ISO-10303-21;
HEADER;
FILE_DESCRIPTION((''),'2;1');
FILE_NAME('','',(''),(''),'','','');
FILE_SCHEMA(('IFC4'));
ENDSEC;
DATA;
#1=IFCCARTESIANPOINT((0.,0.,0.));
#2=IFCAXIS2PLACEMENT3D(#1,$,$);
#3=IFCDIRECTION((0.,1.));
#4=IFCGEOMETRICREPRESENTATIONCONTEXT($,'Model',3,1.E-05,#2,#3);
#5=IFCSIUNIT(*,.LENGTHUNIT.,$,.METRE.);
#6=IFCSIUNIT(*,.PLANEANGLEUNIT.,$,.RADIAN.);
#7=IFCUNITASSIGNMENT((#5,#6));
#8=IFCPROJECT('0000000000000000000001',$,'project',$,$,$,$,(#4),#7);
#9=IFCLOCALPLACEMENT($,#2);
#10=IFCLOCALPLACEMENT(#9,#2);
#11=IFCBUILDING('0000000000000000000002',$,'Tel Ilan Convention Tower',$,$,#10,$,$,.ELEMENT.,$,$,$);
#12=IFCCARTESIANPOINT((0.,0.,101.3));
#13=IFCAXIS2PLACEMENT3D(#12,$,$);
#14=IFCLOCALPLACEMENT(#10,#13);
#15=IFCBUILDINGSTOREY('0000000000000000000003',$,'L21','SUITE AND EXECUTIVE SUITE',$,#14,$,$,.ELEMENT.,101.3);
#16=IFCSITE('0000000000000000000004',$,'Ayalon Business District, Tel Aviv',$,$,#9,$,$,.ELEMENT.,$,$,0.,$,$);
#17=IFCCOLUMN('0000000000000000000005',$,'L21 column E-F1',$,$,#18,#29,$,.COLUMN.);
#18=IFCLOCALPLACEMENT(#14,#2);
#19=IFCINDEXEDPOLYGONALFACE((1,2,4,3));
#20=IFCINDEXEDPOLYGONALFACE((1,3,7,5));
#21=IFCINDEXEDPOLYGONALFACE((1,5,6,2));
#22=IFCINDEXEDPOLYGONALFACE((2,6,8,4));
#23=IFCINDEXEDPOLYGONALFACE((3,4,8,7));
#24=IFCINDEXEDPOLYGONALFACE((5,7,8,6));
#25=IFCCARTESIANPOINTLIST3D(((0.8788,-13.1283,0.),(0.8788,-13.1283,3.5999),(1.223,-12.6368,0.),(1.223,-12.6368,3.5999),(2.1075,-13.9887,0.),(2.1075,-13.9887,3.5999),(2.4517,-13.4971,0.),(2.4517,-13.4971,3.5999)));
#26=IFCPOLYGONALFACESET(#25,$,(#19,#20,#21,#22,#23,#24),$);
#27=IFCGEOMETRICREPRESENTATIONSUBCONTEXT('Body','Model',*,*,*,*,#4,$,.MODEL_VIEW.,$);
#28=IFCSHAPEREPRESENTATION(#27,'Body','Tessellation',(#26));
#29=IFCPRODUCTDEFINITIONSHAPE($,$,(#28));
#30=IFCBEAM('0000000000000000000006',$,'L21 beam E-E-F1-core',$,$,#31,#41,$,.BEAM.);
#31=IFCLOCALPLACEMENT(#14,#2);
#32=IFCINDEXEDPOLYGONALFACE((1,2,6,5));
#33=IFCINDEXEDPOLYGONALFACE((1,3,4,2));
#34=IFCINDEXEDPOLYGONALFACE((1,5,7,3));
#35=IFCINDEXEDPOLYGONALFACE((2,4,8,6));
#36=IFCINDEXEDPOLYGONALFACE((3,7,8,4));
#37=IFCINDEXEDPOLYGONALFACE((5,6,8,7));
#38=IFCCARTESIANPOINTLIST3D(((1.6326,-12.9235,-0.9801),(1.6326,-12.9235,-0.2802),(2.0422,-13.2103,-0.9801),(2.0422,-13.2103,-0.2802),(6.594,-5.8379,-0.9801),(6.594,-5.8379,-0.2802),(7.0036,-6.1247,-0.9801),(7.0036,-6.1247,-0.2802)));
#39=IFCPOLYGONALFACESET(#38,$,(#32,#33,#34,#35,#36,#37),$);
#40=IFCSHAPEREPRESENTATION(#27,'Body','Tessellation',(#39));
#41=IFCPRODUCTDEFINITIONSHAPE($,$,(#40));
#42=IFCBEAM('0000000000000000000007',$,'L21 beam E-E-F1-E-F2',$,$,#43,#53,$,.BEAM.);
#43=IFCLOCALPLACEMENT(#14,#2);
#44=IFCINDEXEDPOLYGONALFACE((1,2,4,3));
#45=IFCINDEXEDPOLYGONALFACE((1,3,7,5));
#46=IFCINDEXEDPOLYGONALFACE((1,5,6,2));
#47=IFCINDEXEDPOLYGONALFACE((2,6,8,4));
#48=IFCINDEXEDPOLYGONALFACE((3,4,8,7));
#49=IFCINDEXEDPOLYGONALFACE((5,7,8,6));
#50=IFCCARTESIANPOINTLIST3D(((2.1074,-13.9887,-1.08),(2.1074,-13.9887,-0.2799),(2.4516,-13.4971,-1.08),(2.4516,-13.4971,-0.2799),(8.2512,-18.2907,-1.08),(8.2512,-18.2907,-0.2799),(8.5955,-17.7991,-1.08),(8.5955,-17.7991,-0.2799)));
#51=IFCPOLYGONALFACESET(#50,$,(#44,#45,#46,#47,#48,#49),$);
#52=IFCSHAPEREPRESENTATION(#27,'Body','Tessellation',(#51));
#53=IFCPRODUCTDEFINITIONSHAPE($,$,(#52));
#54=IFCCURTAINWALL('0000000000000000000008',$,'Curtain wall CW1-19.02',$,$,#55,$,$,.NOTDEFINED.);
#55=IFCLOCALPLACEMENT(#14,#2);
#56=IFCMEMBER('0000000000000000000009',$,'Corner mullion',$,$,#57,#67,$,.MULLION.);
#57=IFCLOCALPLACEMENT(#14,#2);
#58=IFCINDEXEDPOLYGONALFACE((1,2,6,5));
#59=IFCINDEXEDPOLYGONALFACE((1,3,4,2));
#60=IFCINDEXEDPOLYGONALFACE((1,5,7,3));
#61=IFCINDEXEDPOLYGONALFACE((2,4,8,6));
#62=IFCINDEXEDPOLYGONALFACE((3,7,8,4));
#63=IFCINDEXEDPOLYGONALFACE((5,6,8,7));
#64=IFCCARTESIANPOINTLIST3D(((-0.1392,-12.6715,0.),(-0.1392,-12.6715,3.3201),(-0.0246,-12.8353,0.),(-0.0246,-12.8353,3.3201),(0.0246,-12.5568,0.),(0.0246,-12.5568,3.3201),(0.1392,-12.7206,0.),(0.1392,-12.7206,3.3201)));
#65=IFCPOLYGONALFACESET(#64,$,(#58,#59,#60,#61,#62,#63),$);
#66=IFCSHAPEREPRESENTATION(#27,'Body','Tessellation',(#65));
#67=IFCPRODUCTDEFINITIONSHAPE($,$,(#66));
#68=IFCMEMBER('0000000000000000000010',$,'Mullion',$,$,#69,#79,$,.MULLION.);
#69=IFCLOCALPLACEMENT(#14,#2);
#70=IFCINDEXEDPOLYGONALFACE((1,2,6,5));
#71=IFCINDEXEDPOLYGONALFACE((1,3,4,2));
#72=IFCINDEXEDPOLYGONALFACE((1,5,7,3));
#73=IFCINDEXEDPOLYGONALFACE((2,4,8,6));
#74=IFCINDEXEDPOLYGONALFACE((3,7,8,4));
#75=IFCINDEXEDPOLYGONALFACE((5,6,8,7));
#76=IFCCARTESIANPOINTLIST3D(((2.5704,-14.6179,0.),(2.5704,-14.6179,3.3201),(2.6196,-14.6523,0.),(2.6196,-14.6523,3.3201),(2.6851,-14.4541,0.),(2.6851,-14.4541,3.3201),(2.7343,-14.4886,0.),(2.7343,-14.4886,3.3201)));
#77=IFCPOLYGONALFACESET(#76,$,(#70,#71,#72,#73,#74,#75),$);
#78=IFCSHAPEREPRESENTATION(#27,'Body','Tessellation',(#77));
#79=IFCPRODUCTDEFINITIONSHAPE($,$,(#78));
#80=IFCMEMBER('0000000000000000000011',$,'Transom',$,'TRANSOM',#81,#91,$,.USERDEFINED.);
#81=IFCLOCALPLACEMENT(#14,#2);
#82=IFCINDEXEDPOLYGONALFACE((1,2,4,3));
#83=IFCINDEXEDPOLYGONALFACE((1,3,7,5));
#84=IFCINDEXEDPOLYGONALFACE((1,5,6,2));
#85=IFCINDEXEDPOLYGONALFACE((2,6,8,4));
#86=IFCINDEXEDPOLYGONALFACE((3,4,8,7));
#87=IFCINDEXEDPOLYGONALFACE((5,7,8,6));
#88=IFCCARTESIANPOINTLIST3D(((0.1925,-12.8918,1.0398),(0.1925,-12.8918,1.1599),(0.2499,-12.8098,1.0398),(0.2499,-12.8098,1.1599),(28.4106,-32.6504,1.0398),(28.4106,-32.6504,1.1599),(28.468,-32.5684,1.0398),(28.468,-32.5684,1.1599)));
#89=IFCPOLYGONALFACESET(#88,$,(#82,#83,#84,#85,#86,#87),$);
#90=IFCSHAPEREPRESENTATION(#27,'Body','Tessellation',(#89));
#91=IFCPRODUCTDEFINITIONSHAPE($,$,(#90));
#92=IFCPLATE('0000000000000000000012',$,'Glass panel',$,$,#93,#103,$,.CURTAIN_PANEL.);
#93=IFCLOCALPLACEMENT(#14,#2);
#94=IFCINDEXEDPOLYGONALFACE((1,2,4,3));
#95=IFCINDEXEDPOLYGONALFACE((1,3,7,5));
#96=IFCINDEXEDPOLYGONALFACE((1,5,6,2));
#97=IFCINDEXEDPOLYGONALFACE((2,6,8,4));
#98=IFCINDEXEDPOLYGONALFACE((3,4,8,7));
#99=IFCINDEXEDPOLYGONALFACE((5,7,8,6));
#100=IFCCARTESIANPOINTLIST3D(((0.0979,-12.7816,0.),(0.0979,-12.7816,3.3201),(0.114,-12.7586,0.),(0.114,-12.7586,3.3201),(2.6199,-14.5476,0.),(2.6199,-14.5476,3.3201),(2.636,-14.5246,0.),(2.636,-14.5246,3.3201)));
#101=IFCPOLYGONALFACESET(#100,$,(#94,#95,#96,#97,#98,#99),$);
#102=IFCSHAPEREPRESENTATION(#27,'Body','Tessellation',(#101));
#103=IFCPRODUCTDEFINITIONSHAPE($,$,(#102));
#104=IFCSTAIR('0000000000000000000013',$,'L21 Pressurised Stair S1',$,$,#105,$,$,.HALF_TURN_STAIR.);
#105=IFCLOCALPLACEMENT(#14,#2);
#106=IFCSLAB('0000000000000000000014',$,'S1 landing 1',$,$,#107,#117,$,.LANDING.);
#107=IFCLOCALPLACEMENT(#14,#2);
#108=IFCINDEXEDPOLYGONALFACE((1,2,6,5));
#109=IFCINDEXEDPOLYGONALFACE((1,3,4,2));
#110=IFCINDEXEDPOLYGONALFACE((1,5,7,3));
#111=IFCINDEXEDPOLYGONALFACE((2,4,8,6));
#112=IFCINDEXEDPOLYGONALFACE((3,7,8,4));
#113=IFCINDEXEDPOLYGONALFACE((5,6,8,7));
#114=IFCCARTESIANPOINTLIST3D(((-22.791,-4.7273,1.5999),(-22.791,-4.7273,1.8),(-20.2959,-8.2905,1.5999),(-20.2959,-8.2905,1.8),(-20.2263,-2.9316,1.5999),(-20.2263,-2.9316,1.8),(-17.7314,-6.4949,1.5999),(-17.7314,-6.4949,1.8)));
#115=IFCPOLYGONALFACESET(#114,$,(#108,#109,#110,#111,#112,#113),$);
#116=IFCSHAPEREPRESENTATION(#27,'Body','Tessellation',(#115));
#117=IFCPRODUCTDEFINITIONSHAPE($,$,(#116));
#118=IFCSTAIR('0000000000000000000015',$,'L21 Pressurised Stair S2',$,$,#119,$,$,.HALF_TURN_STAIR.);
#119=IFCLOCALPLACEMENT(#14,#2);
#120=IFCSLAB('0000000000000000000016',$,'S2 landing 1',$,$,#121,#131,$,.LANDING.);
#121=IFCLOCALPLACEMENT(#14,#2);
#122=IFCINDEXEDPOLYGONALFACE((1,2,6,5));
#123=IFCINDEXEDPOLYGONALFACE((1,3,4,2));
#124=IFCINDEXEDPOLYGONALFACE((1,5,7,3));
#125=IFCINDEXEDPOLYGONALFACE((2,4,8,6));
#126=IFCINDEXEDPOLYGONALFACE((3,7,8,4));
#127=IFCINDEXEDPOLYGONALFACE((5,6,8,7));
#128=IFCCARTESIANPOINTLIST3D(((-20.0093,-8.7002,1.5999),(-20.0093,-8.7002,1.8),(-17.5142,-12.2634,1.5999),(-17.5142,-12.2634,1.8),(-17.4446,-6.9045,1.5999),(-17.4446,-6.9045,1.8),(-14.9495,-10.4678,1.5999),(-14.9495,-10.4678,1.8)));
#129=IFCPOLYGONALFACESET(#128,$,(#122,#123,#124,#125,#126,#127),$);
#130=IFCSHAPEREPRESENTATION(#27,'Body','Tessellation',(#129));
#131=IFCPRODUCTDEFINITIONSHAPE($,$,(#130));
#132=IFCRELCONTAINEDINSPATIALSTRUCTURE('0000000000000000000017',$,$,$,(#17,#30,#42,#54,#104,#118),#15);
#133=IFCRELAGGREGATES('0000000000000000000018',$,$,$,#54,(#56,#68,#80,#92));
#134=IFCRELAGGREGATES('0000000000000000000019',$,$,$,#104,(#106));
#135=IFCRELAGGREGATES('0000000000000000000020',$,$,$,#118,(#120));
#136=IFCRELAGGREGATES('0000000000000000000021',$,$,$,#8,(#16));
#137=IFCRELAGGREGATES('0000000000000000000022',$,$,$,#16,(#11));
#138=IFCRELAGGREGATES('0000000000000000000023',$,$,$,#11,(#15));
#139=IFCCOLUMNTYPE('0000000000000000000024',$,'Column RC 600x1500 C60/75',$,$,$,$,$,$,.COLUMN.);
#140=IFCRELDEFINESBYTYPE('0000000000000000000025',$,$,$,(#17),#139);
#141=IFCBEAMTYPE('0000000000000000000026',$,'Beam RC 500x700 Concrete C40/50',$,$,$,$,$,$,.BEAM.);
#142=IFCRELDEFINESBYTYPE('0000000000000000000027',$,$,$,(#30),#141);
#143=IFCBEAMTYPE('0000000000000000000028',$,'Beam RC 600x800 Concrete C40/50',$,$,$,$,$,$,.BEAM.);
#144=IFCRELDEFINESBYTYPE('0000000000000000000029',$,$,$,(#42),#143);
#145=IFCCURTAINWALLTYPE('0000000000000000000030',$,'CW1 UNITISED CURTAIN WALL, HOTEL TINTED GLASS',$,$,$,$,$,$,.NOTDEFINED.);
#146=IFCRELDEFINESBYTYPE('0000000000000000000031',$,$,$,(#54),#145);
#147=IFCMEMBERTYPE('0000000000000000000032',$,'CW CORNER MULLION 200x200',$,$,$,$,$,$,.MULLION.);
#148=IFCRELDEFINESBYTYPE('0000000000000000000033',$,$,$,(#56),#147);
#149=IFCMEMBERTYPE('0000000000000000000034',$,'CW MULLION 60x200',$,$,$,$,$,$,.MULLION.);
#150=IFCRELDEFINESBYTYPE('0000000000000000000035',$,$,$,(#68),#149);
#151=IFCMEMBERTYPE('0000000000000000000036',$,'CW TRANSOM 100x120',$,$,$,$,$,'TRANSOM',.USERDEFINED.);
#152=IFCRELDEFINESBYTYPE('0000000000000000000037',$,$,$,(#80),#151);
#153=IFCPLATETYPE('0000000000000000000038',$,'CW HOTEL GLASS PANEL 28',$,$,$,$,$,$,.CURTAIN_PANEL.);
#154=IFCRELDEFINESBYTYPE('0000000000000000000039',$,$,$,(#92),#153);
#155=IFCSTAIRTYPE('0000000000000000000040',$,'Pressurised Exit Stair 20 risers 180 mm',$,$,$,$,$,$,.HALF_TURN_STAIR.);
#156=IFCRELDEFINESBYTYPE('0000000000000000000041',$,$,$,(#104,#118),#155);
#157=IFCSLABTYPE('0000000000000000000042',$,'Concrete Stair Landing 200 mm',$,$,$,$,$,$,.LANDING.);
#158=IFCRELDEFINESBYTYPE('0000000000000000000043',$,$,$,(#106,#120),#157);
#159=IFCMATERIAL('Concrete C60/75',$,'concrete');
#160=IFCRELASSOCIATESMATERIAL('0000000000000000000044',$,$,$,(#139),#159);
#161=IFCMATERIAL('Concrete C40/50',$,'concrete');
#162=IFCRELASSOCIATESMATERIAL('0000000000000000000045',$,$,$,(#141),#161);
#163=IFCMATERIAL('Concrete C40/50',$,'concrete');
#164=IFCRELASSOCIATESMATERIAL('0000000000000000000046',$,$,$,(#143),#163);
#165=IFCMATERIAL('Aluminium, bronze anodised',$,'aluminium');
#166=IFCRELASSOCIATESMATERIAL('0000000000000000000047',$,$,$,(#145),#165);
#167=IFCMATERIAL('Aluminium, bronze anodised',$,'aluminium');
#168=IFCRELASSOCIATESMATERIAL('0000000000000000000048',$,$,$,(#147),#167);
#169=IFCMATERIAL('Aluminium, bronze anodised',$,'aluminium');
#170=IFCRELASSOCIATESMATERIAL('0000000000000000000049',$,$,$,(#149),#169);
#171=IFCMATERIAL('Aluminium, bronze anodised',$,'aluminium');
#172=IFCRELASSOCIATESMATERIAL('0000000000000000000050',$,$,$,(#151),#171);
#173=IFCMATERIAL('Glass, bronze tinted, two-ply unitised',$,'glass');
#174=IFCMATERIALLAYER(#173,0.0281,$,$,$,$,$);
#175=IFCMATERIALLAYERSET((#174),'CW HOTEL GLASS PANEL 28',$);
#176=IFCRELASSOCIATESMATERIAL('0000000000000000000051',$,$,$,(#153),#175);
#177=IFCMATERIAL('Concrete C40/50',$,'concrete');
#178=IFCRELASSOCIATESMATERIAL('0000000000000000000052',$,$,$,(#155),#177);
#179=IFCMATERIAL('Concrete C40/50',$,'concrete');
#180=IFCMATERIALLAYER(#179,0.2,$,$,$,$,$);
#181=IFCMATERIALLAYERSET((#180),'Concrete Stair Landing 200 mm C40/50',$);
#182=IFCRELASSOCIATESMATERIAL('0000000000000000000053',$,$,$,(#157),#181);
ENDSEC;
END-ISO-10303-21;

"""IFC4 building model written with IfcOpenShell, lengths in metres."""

from ifc_helpers import new_model, si_unit, direction, frame, origin, origin_2d, place, context, subcontext, project, spatial, polyline, rectangle, outline, extrude, material, layer, layer_set, material_profile, profile_set, type_object, element, aggregate, save


model = new_model("IFC4")

# Units and contexts
model_context = context("Model", 3, precision=1e-05, world=origin(), true_north=direction((0.0, 1.0)))
body_context = subcontext(model_context, "Body", "Model", "MODEL_VIEW")
ifc_project = project(units=[si_unit("LENGTHUNIT", "METRE"), si_unit("PLANEANGLEUNIT", "RADIAN")], contexts=[model_context])

# Site, building, storey
site_placement = place(None, origin())
site = spatial("IfcSite", under=ifc_project, at=site_placement, Name="Ayalon Business District, Tel Aviv", CompositionType="ELEMENT", RefElevation=0.0)
building_placement = place(site_placement, origin())
building = spatial("IfcBuilding", under=site, at=building_placement, Name="Tel Ilan Convention Tower", CompositionType="ELEMENT")
storey_placement = place(building_placement, frame((0.0, 0.0, 101.3)))
storey = spatial("IfcBuildingStorey", under=building, at=storey_placement, Name="L21", Description="SUITE AND EXECUTIVE SUITE", CompositionType="ELEMENT", Elevation=101.3)

# Column
ifc_material_1 = material(Name="Concrete C60/75", Category="concrete")
ifc_material_profile_1 = material_profile(ifc_material_1, rectangle(XDim=1.5, YDim=0.6001, at=origin_2d()), Name="RC 600x1500")
ifc_profile_set_1 = profile_set([ifc_material_profile_1], Name="Concrete C60/75")
column_type = type_object("IfcColumnType", Name="Column RC 600x1500 C60/75", PredefinedType="COLUMN", material=ifc_profile_set_1)
column_placement = place(storey_placement, frame((1.6653, -13.3127, 0.0), z_axis=(0.0, 0.0, 1.0), x_axis=(0.819152, -0.573576, 0.0)))
element("IfcColumn", 1, at=column_placement, inside=storey, type_object=column_type, Name="L21 column E-F1", PredefinedType="COLUMN", context=body_context, shape_type="SweptSolid", body=[
    extrude(rectangle(XDim=1.5, YDim=0.6001, at=origin_2d()), origin(), (0.0, 0.0, 1.0), 3.5999),
])

# Beams
ifc_material_2 = material(Name="Concrete C40/50", Category="concrete")
ifc_material_profile_2 = material_profile(ifc_material_2, rectangle(XDim=0.5, YDim=0.7, at=origin_2d()), Name="RC 500x700")
ifc_profile_set_2 = profile_set([ifc_material_profile_2], Name="Concrete C40/50")
beam_type_1 = type_object("IfcBeamType", Name="Beam RC 500x700 Concrete C40/50", PredefinedType="BEAM", material=ifc_profile_set_2)
beam_1_placement = place(storey_placement, frame((1.8374, -13.0669, -0.6301), z_axis=(0.573574, 0.819154, 0.0), x_axis=(-0.819154, 0.573574, 0.0)))
element("IfcBeam", 2, at=beam_1_placement, inside=storey, type_object=beam_type_1, Name="L21 beam E-E-F1-core", PredefinedType="BEAM", context=body_context, shape_type="SweptSolid", body=[
    extrude(rectangle(XDim=0.5, YDim=0.7, at=origin_2d()), origin(), (0.0, 0.0, 1.0), 8.6499),
])
ifc_material_3 = material(Name="Concrete C40/50", Category="concrete")
ifc_material_profile_3 = material_profile(ifc_material_3, rectangle(XDim=0.6001, YDim=0.8, at=origin_2d()), Name="RC 600x800")
ifc_profile_set_3 = profile_set([ifc_material_profile_3], Name="Concrete C40/50")
beam_type_2 = type_object("IfcBeamType", Name="Beam RC 600x800 Concrete C40/50", PredefinedType="BEAM", material=ifc_profile_set_3)
beam_2_placement = place(storey_placement, frame((2.2795, -13.7429, -0.6799), z_axis=(0.819148, -0.573582, 0.0), x_axis=(0.573582, 0.819148, 0.0)))
element("IfcBeam", 3, at=beam_2_placement, inside=storey, type_object=beam_type_2, Name="L21 beam E-E-F1-E-F2", PredefinedType="BEAM", context=body_context, shape_type="SweptSolid", body=[
    extrude(rectangle(XDim=0.6001, YDim=0.8, at=origin_2d()), origin(), (0.0, 0.0, 1.0), 7.5002),
])

# Curtain wall, members, plate
ifc_material_4 = material(Name="Aluminium, bronze anodised", Category="aluminium")
curtain_wall_type = type_object("IfcCurtainWallType", Name="CW1 UNITISED CURTAIN WALL, HOTEL TINTED GLASS", PredefinedType="NOTDEFINED", material=ifc_material_4)
curtain_wall_placement = place(storey_placement, origin())
curtain_wall = element("IfcCurtainWall", 4, at=curtain_wall_placement, inside=storey, type_object=curtain_wall_type, Name="Curtain wall CW1-19.02", PredefinedType="NOTDEFINED")
ifc_material_5 = material(Name="Aluminium, bronze anodised", Category="aluminium")
ifc_material_profile_4 = material_profile(ifc_material_5, rectangle(XDim=0.2, YDim=0.2, at=origin_2d()), Name="CW CORNER MULLION 200x200")
ifc_profile_set_4 = profile_set([ifc_material_profile_4], Name="Aluminium, bronze anodised")
member_type_1 = type_object("IfcMemberType", Name="CW CORNER MULLION 200x200", PredefinedType="MULLION", material=ifc_profile_set_4)
member_1_placement = place(storey_placement, frame((0.0, -12.696, 0.0), z_axis=(0.0, 0.0, 1.0), x_axis=(0.819152, 0.573576, 0.0)))
member_1 = element("IfcMember", 5, at=member_1_placement, type_object=member_type_1, Name="Corner mullion", PredefinedType="MULLION", context=body_context, shape_type="SweptSolid", body=[
    extrude(rectangle(XDim=0.2, YDim=0.2, at=origin_2d()), origin(), (0.0, 0.0, 1.0), 3.3201),
])
ifc_material_6 = material(Name="Aluminium, bronze anodised", Category="aluminium")
ifc_material_profile_5 = material_profile(ifc_material_6, rectangle(XDim=0.0601, YDim=0.2, at=origin_2d()), Name="CW MULLION 60x200")
ifc_profile_set_5 = profile_set([ifc_material_profile_5], Name="Aluminium, bronze anodised")
member_type_2 = type_object("IfcMemberType", Name="CW MULLION 60x200", PredefinedType="MULLION", material=ifc_profile_set_5)
member_2_placement = place(storey_placement, frame((2.6523, -14.5532, 0.0), z_axis=(0.0, 0.0, 1.0), x_axis=(0.819152, -0.573576, 0.0)))
member_2 = element("IfcMember", 6, at=member_2_placement, type_object=member_type_2, Name="Mullion", PredefinedType="MULLION", context=body_context, shape_type="SweptSolid", body=[
    extrude(rectangle(XDim=0.0601, YDim=0.2, at=origin_2d()), origin(), (0.0, 0.0, 1.0), 3.3201),
])
ifc_material_7 = material(Name="Aluminium, bronze anodised", Category="aluminium")
ifc_material_profile_6 = material_profile(ifc_material_7, rectangle(XDim=0.1001, YDim=0.1201, at=origin_2d()), Name="CW TRANSOM 100x120")
ifc_profile_set_6 = profile_set([ifc_material_profile_6], Name="Aluminium, bronze anodised")
member_type_3 = type_object("IfcMemberType", Name="CW TRANSOM 100x120", ElementType="TRANSOM", PredefinedType="USERDEFINED", material=ifc_profile_set_6)
member_3_placement = place(storey_placement, frame((0.2212, -12.8508, 1.0999), z_axis=(0.819151, -0.573578, 0.0), x_axis=(0.573578, 0.819151, 0.0)))
member_3 = element("IfcMember", 7, at=member_3_placement, type_object=member_type_3, Name="Transom", ObjectType="TRANSOM", PredefinedType="USERDEFINED", context=body_context, shape_type="SweptSolid", body=[
    extrude(rectangle(XDim=0.1001, YDim=0.1201, at=origin_2d()), origin(), (0.0, 0.0, 1.0), 34.448),
])
ifc_material_8 = material(Name="Glass, bronze tinted, two-ply unitised", Category="glass")
ifc_layer_1 = layer(ifc_material_8, 0.0281)
ifc_layer_set_1 = layer_set([ifc_layer_1], Name="CW HOTEL GLASS PANEL 28")
plate_type = type_object("IfcPlateType", Name="CW HOTEL GLASS PANEL 28", PredefinedType="CURTAIN_PANEL", material=ifc_layer_set_1)
plate_placement = place(storey_placement, frame((1.3669, -13.6531, 0.0), z_axis=(0.0, 0.0, 1.0), x_axis=(0.819152, -0.573576, 0.0)))
plate = element("IfcPlate", 8, at=plate_placement, type_object=plate_type, Name="Glass panel", PredefinedType="CURTAIN_PANEL", context=body_context, shape_type="SweptSolid", body=[
    extrude(rectangle(XDim=3.0789, YDim=0.0281, at=origin_2d()), origin(), (0.0, 0.0, 1.0), 3.3201),
])
aggregate(curtain_wall, [member_1, member_2, member_3, plate])

# Stairs, slabs
ifc_material_9 = material(Name="Concrete C40/50", Category="concrete")
stair_type = type_object("IfcStairType", Name="Pressurised Exit Stair 20 risers 180 mm", PredefinedType="HALF_TURN_STAIR", material=ifc_material_9)
stair_1_placement = place(storey_placement, origin())
stair_1 = element("IfcStair", 9, at=stair_1_placement, inside=storey, type_object=stair_type, Name="L21 Pressurised Stair S1", PredefinedType="HALF_TURN_STAIR")
ifc_material_10 = material(Name="Concrete C40/50", Category="concrete")
ifc_layer_2 = layer(ifc_material_10, 0.2)
ifc_layer_set_2 = layer_set([ifc_layer_2], Name="Concrete Stair Landing 200 mm C40/50")
slab_type = type_object("IfcSlabType", Name="Concrete Stair Landing 200 mm", PredefinedType="LANDING", material=ifc_layer_set_2)
slab_1_placement = place(storey_placement, frame((0.0, 0.0, 1.5999)))
slab_1 = element("IfcSlab", 10, at=slab_1_placement, type_object=slab_type, Name="S1 landing 1", PredefinedType="LANDING", context=body_context, shape_type="SweptSolid", body=[
    extrude(outline(polyline([(-20.2959, -8.2905), (-17.7314, -6.4949), (-20.2263, -2.9316), (-22.791, -4.7273), (-20.2959, -8.2905)])), origin(), (0.0, 0.0, 1.0), 0.2002),
])
aggregate(stair_1, [slab_1])
stair_2_placement = place(storey_placement, origin())
stair_2 = element("IfcStair", 11, at=stair_2_placement, inside=storey, type_object=stair_type, Name="L21 Pressurised Stair S2", PredefinedType="HALF_TURN_STAIR")
slab_2_placement = place(storey_placement, frame((0.0, 0.0, 1.5999)))
slab_2 = element("IfcSlab", 12, at=slab_2_placement, type_object=slab_type, Name="S2 landing 1", PredefinedType="LANDING", context=body_context, shape_type="SweptSolid", body=[
    extrude(outline(polyline([(-17.5142, -12.2634), (-14.9495, -10.4678), (-17.4446, -6.9045), (-20.0093, -8.7002), (-17.5142, -12.2634)])), origin(), (0.0, 0.0, 1.0), 0.2002),
])
aggregate(stair_2, [slab_2])

save(model, "model.ifc")
